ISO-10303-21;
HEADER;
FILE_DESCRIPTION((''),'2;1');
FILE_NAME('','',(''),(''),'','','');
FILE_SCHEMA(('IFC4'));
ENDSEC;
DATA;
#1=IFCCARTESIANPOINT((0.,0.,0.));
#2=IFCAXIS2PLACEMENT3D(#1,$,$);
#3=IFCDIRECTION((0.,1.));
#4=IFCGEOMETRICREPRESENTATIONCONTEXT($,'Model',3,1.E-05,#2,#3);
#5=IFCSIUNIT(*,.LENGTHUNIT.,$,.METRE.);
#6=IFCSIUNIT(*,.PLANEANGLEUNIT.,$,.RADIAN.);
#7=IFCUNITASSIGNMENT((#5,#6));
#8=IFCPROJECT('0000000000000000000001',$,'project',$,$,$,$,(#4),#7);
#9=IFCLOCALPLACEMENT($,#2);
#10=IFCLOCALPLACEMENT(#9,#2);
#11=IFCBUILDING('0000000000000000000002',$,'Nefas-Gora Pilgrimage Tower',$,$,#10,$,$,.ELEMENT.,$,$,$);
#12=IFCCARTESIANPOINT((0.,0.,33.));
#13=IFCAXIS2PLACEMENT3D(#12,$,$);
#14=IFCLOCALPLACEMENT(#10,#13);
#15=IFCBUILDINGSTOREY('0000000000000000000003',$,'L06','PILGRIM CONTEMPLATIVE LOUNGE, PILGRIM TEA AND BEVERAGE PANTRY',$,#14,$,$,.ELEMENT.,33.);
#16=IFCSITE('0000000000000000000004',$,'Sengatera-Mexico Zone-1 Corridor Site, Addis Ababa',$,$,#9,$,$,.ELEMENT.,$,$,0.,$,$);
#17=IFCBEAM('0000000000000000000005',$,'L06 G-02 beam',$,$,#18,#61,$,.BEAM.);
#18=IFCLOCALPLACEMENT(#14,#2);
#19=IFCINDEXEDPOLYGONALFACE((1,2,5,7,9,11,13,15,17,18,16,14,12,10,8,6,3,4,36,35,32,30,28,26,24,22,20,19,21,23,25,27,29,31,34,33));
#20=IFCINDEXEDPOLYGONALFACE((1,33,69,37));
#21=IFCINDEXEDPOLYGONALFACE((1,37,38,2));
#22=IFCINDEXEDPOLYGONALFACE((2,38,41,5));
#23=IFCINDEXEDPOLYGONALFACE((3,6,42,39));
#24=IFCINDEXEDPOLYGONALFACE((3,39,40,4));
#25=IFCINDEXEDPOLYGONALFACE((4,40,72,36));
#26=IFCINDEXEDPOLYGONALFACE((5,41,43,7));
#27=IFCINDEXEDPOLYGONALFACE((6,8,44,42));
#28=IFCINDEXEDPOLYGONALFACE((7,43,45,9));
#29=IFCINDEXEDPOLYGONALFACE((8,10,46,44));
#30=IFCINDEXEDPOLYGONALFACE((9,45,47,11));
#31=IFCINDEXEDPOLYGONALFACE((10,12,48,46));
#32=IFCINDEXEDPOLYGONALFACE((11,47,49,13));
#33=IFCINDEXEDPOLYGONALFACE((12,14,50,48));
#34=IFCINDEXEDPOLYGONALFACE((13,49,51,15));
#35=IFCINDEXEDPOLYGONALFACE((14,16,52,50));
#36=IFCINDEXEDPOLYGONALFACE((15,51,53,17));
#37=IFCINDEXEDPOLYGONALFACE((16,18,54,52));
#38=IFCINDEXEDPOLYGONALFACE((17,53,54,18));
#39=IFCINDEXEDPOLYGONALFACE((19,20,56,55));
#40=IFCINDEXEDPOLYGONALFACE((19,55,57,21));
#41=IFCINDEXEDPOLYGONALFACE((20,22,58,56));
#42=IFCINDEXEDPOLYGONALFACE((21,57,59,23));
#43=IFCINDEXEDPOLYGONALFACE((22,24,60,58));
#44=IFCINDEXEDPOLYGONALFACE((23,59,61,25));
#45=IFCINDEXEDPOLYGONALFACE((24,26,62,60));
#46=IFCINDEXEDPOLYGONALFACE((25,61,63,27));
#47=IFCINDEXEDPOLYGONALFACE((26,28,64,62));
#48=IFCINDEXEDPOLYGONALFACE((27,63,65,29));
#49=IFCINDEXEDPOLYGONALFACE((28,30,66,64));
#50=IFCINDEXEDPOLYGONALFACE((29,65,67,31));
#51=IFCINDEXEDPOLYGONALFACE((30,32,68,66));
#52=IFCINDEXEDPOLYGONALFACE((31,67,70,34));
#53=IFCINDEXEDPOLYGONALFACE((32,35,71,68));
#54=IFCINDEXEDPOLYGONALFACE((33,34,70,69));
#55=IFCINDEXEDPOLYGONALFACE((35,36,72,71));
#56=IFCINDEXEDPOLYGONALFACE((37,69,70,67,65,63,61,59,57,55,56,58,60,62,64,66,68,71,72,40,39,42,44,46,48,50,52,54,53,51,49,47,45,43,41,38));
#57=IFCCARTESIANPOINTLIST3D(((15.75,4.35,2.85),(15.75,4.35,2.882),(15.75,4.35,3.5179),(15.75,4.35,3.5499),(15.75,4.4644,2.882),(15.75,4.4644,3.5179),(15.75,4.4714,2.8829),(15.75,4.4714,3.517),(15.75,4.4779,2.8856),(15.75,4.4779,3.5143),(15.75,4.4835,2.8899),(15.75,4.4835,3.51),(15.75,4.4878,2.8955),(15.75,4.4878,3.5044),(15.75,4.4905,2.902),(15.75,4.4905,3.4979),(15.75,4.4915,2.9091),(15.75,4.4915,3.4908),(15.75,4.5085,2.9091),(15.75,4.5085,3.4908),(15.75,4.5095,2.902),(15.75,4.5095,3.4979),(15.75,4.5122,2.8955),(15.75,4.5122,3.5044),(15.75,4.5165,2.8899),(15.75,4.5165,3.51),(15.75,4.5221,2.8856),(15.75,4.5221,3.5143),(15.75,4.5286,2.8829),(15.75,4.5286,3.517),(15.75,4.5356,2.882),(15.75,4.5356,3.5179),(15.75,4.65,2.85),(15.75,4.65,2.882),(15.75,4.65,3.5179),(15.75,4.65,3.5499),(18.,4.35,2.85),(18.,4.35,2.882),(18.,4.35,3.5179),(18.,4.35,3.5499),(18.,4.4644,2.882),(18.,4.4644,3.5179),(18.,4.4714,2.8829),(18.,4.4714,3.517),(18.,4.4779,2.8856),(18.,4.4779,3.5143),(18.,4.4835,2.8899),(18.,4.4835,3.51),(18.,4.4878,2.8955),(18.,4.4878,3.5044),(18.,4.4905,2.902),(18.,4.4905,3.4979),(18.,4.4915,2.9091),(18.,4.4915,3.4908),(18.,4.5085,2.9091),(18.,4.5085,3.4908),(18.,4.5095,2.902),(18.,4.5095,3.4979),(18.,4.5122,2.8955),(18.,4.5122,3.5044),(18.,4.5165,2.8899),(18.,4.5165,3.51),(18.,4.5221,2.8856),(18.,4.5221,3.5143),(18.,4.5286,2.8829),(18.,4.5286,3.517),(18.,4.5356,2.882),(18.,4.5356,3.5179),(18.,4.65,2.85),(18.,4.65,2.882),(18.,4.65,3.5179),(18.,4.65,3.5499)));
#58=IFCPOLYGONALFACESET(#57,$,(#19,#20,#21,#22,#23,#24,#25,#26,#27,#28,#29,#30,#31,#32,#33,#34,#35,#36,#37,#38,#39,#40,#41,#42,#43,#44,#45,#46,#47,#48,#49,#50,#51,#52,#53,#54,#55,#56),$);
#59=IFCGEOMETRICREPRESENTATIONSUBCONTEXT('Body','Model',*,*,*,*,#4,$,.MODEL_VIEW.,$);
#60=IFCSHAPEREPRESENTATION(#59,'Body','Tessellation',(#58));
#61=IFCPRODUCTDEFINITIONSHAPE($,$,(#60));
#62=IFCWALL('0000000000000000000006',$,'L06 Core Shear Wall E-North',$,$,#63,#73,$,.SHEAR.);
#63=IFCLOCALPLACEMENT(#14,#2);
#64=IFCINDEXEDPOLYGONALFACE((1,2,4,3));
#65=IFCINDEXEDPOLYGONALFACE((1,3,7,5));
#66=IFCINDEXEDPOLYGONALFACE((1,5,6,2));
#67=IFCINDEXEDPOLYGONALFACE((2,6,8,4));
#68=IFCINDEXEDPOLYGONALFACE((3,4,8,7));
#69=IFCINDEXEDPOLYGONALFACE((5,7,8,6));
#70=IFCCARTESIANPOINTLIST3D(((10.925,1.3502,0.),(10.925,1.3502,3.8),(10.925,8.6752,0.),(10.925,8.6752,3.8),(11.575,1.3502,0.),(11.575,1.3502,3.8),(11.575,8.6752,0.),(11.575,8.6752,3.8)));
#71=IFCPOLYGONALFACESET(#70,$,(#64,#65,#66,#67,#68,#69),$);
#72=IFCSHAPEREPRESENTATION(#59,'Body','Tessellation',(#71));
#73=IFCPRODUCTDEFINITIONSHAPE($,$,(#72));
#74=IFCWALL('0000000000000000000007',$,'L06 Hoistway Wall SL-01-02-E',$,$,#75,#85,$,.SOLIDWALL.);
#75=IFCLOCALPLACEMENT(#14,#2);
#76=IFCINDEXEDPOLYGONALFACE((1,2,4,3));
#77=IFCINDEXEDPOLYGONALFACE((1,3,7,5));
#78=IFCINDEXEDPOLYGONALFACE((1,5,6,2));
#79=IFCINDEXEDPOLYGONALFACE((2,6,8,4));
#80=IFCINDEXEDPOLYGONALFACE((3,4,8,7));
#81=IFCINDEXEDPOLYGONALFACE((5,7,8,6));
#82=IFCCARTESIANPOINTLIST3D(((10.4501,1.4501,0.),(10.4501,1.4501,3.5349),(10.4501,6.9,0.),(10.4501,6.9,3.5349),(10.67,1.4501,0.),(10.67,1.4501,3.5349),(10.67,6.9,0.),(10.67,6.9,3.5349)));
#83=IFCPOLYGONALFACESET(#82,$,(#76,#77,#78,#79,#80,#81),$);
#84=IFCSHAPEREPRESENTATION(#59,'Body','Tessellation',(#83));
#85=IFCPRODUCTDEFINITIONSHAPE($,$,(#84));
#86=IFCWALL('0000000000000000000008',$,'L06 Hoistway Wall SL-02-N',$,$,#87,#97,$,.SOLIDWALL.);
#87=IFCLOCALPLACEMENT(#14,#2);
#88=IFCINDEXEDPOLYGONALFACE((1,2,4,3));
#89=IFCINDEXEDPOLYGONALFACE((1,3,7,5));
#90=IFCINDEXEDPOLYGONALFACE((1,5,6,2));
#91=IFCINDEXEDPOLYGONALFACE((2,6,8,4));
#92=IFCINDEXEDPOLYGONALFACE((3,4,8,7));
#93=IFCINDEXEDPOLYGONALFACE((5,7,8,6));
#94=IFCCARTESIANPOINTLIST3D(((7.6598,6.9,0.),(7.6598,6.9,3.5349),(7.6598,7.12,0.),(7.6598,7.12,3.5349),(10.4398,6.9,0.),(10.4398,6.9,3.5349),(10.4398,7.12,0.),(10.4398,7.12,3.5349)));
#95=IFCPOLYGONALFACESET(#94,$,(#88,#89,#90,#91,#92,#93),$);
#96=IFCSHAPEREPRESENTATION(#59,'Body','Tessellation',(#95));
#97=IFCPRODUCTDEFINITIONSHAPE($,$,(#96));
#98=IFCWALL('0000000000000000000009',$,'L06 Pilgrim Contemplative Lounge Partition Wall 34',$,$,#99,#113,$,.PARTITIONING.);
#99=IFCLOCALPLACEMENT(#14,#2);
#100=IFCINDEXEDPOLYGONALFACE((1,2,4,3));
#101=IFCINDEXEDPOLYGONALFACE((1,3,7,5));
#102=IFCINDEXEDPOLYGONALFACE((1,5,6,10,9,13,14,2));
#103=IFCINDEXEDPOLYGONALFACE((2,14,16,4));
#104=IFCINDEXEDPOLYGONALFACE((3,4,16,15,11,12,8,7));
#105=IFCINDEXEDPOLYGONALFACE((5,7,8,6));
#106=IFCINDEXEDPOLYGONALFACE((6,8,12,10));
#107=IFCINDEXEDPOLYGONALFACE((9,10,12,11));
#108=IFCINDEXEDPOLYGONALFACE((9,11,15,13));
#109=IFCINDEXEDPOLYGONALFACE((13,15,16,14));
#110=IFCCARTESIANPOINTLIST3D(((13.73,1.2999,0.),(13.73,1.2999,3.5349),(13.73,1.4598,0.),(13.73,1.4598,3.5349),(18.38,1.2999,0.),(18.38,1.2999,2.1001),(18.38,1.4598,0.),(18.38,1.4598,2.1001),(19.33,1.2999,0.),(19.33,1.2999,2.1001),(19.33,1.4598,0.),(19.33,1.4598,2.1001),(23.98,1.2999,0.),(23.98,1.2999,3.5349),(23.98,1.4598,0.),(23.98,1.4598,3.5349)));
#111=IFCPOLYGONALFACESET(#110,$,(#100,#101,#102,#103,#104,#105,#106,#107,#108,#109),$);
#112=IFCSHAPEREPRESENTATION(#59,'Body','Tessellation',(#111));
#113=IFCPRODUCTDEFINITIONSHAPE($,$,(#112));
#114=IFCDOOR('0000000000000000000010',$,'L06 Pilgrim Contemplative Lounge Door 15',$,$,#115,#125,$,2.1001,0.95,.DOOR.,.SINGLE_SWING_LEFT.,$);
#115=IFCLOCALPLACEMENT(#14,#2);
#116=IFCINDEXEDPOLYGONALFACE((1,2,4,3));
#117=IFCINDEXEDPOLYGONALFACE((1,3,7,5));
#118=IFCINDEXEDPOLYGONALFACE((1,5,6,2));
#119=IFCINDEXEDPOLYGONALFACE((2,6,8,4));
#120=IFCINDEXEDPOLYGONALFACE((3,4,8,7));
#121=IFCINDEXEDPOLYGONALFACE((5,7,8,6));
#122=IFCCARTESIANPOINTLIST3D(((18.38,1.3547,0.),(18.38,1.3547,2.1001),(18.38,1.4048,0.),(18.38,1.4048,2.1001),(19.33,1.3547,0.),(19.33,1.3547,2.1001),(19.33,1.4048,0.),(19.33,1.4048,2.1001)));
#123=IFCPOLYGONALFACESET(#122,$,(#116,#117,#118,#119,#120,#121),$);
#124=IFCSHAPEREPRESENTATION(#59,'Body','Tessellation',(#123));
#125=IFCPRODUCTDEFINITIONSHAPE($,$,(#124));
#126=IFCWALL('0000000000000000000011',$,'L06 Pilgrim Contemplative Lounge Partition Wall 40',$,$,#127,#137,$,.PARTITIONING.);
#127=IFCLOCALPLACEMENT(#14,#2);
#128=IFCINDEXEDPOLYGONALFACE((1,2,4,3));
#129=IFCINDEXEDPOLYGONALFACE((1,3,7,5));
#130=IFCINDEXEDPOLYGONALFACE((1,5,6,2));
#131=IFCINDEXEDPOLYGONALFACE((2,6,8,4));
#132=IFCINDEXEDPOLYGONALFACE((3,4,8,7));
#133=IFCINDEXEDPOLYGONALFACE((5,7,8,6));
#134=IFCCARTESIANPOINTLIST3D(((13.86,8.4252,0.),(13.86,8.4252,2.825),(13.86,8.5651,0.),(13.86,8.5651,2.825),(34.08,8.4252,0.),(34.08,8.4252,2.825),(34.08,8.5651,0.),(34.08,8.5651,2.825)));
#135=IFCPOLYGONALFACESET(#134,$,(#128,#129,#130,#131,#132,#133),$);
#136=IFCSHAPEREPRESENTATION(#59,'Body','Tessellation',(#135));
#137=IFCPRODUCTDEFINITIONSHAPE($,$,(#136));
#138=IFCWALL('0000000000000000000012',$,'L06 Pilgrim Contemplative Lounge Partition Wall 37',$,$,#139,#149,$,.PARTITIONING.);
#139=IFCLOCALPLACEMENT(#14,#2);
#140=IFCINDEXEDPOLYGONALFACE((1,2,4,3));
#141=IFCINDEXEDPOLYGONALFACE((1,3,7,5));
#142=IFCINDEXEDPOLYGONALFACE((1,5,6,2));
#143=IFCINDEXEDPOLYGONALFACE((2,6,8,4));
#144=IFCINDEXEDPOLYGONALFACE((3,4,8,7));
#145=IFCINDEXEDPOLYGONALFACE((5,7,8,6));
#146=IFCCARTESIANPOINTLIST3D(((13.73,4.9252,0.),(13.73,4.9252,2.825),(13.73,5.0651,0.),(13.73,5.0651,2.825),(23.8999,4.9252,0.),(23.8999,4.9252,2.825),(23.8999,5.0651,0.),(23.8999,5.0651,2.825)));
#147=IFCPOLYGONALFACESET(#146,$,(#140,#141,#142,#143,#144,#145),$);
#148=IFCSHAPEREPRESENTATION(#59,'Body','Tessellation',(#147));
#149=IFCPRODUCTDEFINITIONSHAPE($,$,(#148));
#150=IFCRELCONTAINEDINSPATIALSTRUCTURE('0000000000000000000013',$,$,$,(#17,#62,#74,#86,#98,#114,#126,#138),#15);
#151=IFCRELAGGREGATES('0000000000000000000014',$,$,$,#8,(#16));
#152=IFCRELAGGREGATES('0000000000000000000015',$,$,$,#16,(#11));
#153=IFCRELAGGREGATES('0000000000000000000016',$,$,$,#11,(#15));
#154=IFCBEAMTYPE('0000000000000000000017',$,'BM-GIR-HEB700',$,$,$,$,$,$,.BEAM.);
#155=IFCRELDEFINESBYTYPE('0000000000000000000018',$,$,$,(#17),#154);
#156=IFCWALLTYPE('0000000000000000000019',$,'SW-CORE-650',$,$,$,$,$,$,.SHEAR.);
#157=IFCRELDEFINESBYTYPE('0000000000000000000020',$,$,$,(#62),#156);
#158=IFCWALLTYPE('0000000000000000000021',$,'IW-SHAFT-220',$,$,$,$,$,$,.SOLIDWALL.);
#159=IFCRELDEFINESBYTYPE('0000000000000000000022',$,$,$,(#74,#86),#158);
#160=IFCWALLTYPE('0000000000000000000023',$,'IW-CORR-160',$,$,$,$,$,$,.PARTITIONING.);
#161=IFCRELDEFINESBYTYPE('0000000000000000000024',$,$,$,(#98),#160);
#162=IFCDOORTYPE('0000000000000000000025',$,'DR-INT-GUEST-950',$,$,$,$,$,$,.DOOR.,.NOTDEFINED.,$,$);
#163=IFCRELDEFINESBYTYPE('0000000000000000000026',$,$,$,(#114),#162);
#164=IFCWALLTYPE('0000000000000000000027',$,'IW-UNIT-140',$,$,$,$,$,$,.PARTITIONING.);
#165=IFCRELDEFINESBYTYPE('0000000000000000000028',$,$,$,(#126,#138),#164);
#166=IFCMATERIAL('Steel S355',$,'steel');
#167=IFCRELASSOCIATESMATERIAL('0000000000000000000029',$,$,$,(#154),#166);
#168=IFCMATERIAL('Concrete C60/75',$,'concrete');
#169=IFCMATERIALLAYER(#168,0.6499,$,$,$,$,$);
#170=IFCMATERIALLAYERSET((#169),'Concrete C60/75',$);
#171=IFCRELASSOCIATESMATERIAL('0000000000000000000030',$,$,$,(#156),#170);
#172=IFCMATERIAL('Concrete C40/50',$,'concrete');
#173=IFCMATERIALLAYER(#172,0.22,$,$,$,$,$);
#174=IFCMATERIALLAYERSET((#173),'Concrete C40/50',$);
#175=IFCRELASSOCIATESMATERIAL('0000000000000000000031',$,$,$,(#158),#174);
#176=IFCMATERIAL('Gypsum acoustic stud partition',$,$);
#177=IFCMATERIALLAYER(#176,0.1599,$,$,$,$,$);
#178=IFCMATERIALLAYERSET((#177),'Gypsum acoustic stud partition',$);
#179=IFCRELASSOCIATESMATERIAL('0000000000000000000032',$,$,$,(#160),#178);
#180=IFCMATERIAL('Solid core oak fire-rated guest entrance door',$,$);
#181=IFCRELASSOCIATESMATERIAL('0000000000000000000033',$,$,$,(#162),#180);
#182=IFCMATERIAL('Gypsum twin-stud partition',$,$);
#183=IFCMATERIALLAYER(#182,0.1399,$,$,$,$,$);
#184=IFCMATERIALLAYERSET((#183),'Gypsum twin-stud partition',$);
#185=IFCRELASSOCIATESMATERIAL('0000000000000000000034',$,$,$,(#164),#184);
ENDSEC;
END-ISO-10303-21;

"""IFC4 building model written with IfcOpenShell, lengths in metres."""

from ifc_helpers import new_model, si_unit, direction, frame, frame_2d, origin, origin_2d, place, context, subcontext, project, spatial, rectangle, i_section, extrude, source, transform, mapped, material, layer, layer_set, material_profile, profile_set, type_object, element, fill, save


model = new_model("IFC4")

# Units and contexts
model_context = context("Model", 3, precision=1e-05, world=origin(), true_north=direction((0.0, 1.0)))
body_context = subcontext(model_context, "Body", "Model", "MODEL_VIEW")
ifc_project = project(units=[si_unit("LENGTHUNIT", "METRE"), si_unit("PLANEANGLEUNIT", "RADIAN")], contexts=[model_context])

# Site, building, storey
site_placement = place(None, origin())
site = spatial("IfcSite", under=ifc_project, at=site_placement, Name="Sengatera-Mexico Zone-1 Corridor Site, Addis Ababa", CompositionType="ELEMENT", RefElevation=0.0)
building_placement = place(site_placement, origin())
building = spatial("IfcBuilding", under=site, at=building_placement, Name="Nefas-Gora Pilgrimage Tower", CompositionType="ELEMENT")
storey_placement = place(building_placement, frame((0.0, 0.0, 33.0)))
storey = spatial("IfcBuildingStorey", under=building, at=storey_placement, Name="L06", Description="PILGRIM CONTEMPLATIVE LOUNGE, PILGRIM TEA AND BEVERAGE PANTRY", CompositionType="ELEMENT", Elevation=33.0)

# Beam
ifc_material_1 = material(Name="Steel S355", Category="steel")
ifc_material_profile_1 = material_profile(ifc_material_1, i_section(OverallWidth=0.3, OverallDepth=0.7, WebThickness=0.0171, FlangeThickness=0.032, FilletRadius=0.0271, at=origin_2d()), Name="HEB 700")
ifc_profile_set_1 = profile_set([ifc_material_profile_1], Name="Steel S355")
beam_type = type_object("IfcBeamType", Name="BM-GIR-HEB700", PredefinedType="BEAM", material=ifc_profile_set_1)
shared_shape_1 = source(origin(), body_context, "Body", "SweptSolid", [
    extrude(i_section(OverallWidth=0.3, OverallDepth=0.7, WebThickness=0.0171, FlangeThickness=0.032, FilletRadius=0.0271, at=origin_2d()), origin(), (0.0, 0.0, 1.0), 2.25),
])
for number, where, z_axis, x_axis, name in (
    (1, (15.75, 4.5, 3.2), (1.0, 0.0, 0.0), (0.0, 1.0, 0.0), "L06 G-02 beam"),
):
    element("IfcBeam", number, at=place(storey_placement, frame(where, z_axis=z_axis, x_axis=x_axis)), inside=storey, type_object=beam_type, Name=name, PredefinedType="BEAM", context=body_context, shape_type="MappedRepresentation", body=[
        mapped(shared_shape_1, transform((0.0, 0.0, 0.0), x_axis=(1.0, 0.0, 0.0), y_axis=(0.0, 1.0, 0.0), z_axis=(0.0, 0.0, 1.0), scale=1.0)),
    ])

# Walls
ifc_material_2 = material(Name="Concrete C60/75", Category="concrete")
ifc_layer_1 = layer(ifc_material_2, 0.6499)
ifc_layer_set_1 = layer_set([ifc_layer_1], Name="Concrete C60/75")
wall_type_1 = type_object("IfcWallType", Name="SW-CORE-650", PredefinedType="SHEAR", material=ifc_layer_set_1)
shared_shape_2 = source(origin(), body_context, "Body", "SweptSolid", [
    extrude(rectangle(XDim=7.325, YDim=0.6499, at=frame_2d((3.6626, 0.0))), origin(), (0.0, 0.0, 1.0), 3.8),
])
wall_1_placement = place(storey_placement, frame((11.25, 1.3501, 0.0), z_axis=(0.0, 0.0, 1.0), x_axis=(0.0, 1.0, 0.0)))
element("IfcWall", 2, at=wall_1_placement, inside=storey, type_object=wall_type_1, Name="L06 Core Shear Wall E-North", PredefinedType="SHEAR", context=body_context, shape_type="MappedRepresentation", body=[
    mapped(shared_shape_2, transform((0.0, 0.0, 0.0), x_axis=(1.0, 0.0, 0.0), y_axis=(0.0, 1.0, 0.0), z_axis=(0.0, 0.0, 1.0), scale=1.0)),
])
ifc_material_3 = material(Name="Concrete C40/50", Category="concrete")
ifc_layer_2 = layer(ifc_material_3, 0.22)
ifc_layer_set_2 = layer_set([ifc_layer_2], Name="Concrete C40/50")
wall_type_2 = type_object("IfcWallType", Name="IW-SHAFT-220", PredefinedType="SOLIDWALL", material=ifc_layer_set_2)
shared_shape_3 = source(origin(), body_context, "Body", "SweptSolid", [
    extrude(rectangle(XDim=5.45, YDim=0.22, at=frame_2d((2.7251, 0.0))), origin(), (0.0, 0.0, 1.0), 3.5349),
])
wall_2_placement = place(storey_placement, frame((10.5601, 1.45, 0.0), z_axis=(0.0, 0.0, 1.0), x_axis=(0.0, 1.0, 0.0)))
element("IfcWall", 3, at=wall_2_placement, inside=storey, type_object=wall_type_2, Name="L06 Hoistway Wall SL-01-02-E", PredefinedType="SOLIDWALL", context=body_context, shape_type="MappedRepresentation", body=[
    mapped(shared_shape_3, transform((0.0, 0.0, 0.0), x_axis=(1.0, 0.0, 0.0), y_axis=(0.0, 1.0, 0.0), z_axis=(0.0, 0.0, 1.0), scale=1.0)),
])
shared_shape_4 = source(origin(), body_context, "Body", "SweptSolid", [
    extrude(rectangle(XDim=2.78, YDim=0.22, at=frame_2d((1.3901, 0.0))), origin(), (0.0, 0.0, 1.0), 3.5349),
])
wall_3_placement = place(storey_placement, frame((10.4399, 7.01, 0.0), z_axis=(0.0, 0.0, 1.0), x_axis=(-1.0, 0.0, 0.0)))
element("IfcWall", 4, at=wall_3_placement, inside=storey, type_object=wall_type_2, Name="L06 Hoistway Wall SL-02-N", PredefinedType="SOLIDWALL", context=body_context, shape_type="MappedRepresentation", body=[
    mapped(shared_shape_4, transform((0.0, 0.0, 0.0), x_axis=(1.0, 0.0, 0.0), y_axis=(0.0, 1.0, 0.0), z_axis=(0.0, 0.0, 1.0), scale=1.0)),
])

# Wall, opening, door
ifc_material_4 = material(Name="Gypsum acoustic stud partition")
ifc_layer_3 = layer(ifc_material_4, 0.1599)
ifc_layer_set_3 = layer_set([ifc_layer_3], Name="Gypsum acoustic stud partition")
wall_type_3 = type_object("IfcWallType", Name="IW-CORR-160", PredefinedType="PARTITIONING", material=ifc_layer_set_3)
shared_shape_5 = source(origin(), body_context, "Body", "SweptSolid", [
    extrude(rectangle(XDim=10.25, YDim=0.1599, at=frame_2d((5.125, 0.0))), origin(), (0.0, 0.0, 1.0), 3.5349),
])
wall_4_placement = place(storey_placement, frame((13.73, 1.3799, 0.0), z_axis=(0.0, 0.0, 1.0), x_axis=(1.0, 0.0, 0.0)))
wall_4 = element("IfcWall", 5, at=wall_4_placement, inside=storey, type_object=wall_type_3, Name="L06 Pilgrim Contemplative Lounge Partition Wall 34", PredefinedType="PARTITIONING", context=body_context, shape_type="MappedRepresentation", body=[
    mapped(shared_shape_5, transform((0.0, 0.0, 0.0), x_axis=(1.0, 0.0, 0.0), y_axis=(0.0, 1.0, 0.0), z_axis=(0.0, 0.0, 1.0), scale=1.0)),
])
opening_1_placement = place(wall_4_placement, frame((4.6499, 0.0, 0.0)))
opening_1 = element("IfcOpeningElement", 6, at=opening_1_placement, cuts=wall_4, PredefinedType="OPENING", context=body_context, shape_type="SweptSolid", body=[
    extrude(rectangle(XDim=0.95, YDim=2.1001, at=frame_2d((0.4751, 1.05))), frame((0.0, 0.0898, 0.0), z_axis=(0.0, -1.0, 0.0), x_axis=(1.0, 0.0, 0.0)), (0.0, 0.0, 1.0), 0.1799),
])
ifc_material_5 = material(Name="Solid core oak fire-rated guest entrance door")
door_type = type_object("IfcDoorType", Name="DR-INT-GUEST-950", OperationType="NOTDEFINED", PredefinedType="DOOR", material=ifc_material_5)
shared_shape_6 = source(origin(), body_context, "Body", "SweptSolid", [
    extrude(rectangle(XDim=0.95, YDim=2.1001, at=frame_2d((0.4751, 1.05))), frame((0.0, 0.0249, 0.0), z_axis=(0.0, -1.0, 0.0), x_axis=(1.0, 0.0, 0.0)), (0.0, 0.0, 1.0), 0.05),
])
door_1_placement = place(opening_1_placement, origin())
door_1 = element("IfcDoor", 7, at=door_1_placement, inside=storey, type_object=door_type, Name="L06 Pilgrim Contemplative Lounge Door 15", OperationType="SINGLE_SWING_LEFT", OverallHeight=2.1001, OverallWidth=0.95, PredefinedType="DOOR", context=body_context, shape_type="MappedRepresentation", body=[
    mapped(shared_shape_6, transform((0.0, 0.0, 0.0), x_axis=(1.0, 0.0, 0.0), y_axis=(0.0, 1.0, 0.0), z_axis=(0.0, 0.0, 1.0), scale=1.0)),
])
fill(opening_1, door_1)

# Walls
ifc_material_6 = material(Name="Gypsum twin-stud partition")
ifc_layer_4 = layer(ifc_material_6, 0.1399)
ifc_layer_set_4 = layer_set([ifc_layer_4], Name="Gypsum twin-stud partition")
wall_type_4 = type_object("IfcWallType", Name="IW-UNIT-140", PredefinedType="PARTITIONING", material=ifc_layer_set_4)
shared_shape_7 = source(origin(), body_context, "Body", "SweptSolid", [
    extrude(rectangle(XDim=20.22, YDim=0.1399, at=frame_2d((10.1099, 0.0))), origin(), (0.0, 0.0, 1.0), 2.825),
])
wall_5_placement = place(storey_placement, frame((13.8601, 8.4951, 0.0), z_axis=(0.0, 0.0, 1.0), x_axis=(1.0, 0.0, 0.0)))
element("IfcWall", 8, at=wall_5_placement, inside=storey, type_object=wall_type_4, Name="L06 Pilgrim Contemplative Lounge Partition Wall 40", PredefinedType="PARTITIONING", context=body_context, shape_type="MappedRepresentation", body=[
    mapped(shared_shape_7, transform((0.0, 0.0, 0.0), x_axis=(1.0, 0.0, 0.0), y_axis=(0.0, 1.0, 0.0), z_axis=(0.0, 0.0, 1.0), scale=1.0)),
])
shared_shape_8 = source(origin(), body_context, "Body", "SweptSolid", [
    extrude(rectangle(XDim=10.1699, YDim=0.1399, at=frame_2d((5.085, 0.0))), origin(), (0.0, 0.0, 1.0), 2.825),
])
wall_6_placement = place(storey_placement, frame((13.73, 4.9951, 0.0), z_axis=(0.0, 0.0, 1.0), x_axis=(1.0, 0.0, 0.0)))
element("IfcWall", 9, at=wall_6_placement, inside=storey, type_object=wall_type_4, Name="L06 Pilgrim Contemplative Lounge Partition Wall 37", PredefinedType="PARTITIONING", context=body_context, shape_type="MappedRepresentation", body=[
    mapped(shared_shape_8, transform((0.0, 0.0, 0.0), x_axis=(1.0, 0.0, 0.0), y_axis=(0.0, 1.0, 0.0), z_axis=(0.0, 0.0, 1.0), scale=1.0)),
])

save(model, "model.ifc")
